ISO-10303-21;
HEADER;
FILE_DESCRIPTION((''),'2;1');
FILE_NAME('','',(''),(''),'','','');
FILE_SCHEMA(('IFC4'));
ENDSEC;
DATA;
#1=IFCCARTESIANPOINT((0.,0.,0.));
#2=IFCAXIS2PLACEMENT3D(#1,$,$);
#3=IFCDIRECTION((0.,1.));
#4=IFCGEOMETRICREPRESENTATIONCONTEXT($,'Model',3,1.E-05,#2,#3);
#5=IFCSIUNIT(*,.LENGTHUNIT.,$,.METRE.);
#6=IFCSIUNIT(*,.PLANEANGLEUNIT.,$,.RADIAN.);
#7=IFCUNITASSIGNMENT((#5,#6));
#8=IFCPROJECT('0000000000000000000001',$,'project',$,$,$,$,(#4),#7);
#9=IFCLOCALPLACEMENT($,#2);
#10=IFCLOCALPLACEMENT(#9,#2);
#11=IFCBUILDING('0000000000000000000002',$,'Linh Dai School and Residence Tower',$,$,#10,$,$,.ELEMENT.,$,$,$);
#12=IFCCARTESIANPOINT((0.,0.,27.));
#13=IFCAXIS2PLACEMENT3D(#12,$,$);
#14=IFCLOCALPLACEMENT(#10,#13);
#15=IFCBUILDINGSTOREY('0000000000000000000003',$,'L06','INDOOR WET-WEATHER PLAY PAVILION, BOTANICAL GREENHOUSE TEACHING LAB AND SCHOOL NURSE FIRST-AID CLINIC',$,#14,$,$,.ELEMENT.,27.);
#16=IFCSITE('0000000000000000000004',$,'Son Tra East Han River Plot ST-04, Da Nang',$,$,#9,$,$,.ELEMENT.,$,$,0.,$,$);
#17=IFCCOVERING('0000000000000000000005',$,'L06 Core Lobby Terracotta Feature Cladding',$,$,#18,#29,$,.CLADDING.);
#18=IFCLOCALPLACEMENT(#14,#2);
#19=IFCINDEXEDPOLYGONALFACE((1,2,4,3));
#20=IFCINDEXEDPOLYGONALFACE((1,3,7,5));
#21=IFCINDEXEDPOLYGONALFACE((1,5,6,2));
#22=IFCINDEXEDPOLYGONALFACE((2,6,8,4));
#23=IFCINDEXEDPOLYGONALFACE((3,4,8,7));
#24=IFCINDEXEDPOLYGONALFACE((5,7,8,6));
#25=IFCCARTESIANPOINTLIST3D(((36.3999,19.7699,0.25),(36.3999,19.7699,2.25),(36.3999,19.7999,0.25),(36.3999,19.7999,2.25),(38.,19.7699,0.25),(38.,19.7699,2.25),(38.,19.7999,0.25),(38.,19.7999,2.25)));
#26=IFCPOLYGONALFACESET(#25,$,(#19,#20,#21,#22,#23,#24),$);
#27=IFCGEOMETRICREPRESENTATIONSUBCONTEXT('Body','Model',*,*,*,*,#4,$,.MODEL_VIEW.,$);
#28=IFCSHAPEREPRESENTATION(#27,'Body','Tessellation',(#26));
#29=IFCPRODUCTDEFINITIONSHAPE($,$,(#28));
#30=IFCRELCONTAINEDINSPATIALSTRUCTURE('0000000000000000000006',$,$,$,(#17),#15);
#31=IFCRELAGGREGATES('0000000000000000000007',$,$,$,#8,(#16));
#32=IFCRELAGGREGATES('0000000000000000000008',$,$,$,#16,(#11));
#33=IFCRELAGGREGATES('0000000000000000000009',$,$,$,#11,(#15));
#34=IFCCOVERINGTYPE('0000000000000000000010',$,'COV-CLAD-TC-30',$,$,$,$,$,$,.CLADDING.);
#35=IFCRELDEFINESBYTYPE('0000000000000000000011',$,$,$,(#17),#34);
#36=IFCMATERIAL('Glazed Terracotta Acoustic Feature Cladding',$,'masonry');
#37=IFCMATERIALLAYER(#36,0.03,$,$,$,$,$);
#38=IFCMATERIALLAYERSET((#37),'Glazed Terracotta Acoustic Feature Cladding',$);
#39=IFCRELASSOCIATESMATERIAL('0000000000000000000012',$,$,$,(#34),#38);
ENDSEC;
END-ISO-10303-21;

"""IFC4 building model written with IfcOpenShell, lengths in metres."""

from ifc_helpers import new_model, si_unit, direction, frame, origin, origin_2d, place, context, subcontext, project, spatial, rectangle, extrude, source, transform, mapped, material, layer, layer_set, type_object, element, save


model = new_model("IFC4")

# Units and contexts
model_context = context("Model", 3, precision=1e-05, world=origin(), true_north=direction((0.0, 1.0)))
body_context = subcontext(model_context, "Body", "Model", "MODEL_VIEW")
ifc_project = project(units=[si_unit("LENGTHUNIT", "METRE"), si_unit("PLANEANGLEUNIT", "RADIAN")], contexts=[model_context])

# Site, building, storey
site_placement = place(None, origin())
site = spatial("IfcSite", under=ifc_project, at=site_placement, Name="Son Tra East Han River Plot ST-04, Da Nang", CompositionType="ELEMENT", RefElevation=0.0)
building_placement = place(site_placement, origin())
building = spatial("IfcBuilding", under=site, at=building_placement, Name="Linh Dai School and Residence Tower", CompositionType="ELEMENT")
storey_placement = place(building_placement, frame((0.0, 0.0, 27.0)))
storey = spatial("IfcBuildingStorey", under=building, at=storey_placement, Name="L06", Description="INDOOR WET-WEATHER PLAY PAVILION, BOTANICAL GREENHOUSE TEACHING LAB AND SCHOOL NURSE FIRST-AID CLINIC", CompositionType="ELEMENT", Elevation=27.0)

# Covering
ifc_material_1 = material(Name="Glazed Terracotta Acoustic Feature Cladding", Category="masonry")
ifc_layer_1 = layer(ifc_material_1, 0.03)
ifc_layer_set_1 = layer_set([ifc_layer_1], Name="Glazed Terracotta Acoustic Feature Cladding")
covering_type = type_object("IfcCoveringType", Name="COV-CLAD-TC-30", PredefinedType="CLADDING", material=ifc_layer_set_1)
shared_shape_1 = source(origin(), body_context, "Body", "SweptSolid", [
    extrude(rectangle(XDim=1.6001, YDim=0.03, at=origin_2d()), origin(), (0.0, 0.0, 1.0), 2.0),
])
covering_placement = place(storey_placement, frame((37.2, 19.7849, 0.25), z_axis=(0.0, 0.0, 1.0), x_axis=(1.0, 0.0, 0.0)))
element("IfcCovering", 1, at=covering_placement, inside=storey, type_object=covering_type, Name="L06 Core Lobby Terracotta Feature Cladding", PredefinedType="CLADDING", context=body_context, shape_type="MappedRepresentation", body=[
    mapped(shared_shape_1, transform((0.0, 0.0, 0.0), x_axis=(1.0, 0.0, 0.0), y_axis=(0.0, 1.0, 0.0), z_axis=(0.0, 0.0, 1.0), scale=1.0)),
])

save(model, "model.ifc")
